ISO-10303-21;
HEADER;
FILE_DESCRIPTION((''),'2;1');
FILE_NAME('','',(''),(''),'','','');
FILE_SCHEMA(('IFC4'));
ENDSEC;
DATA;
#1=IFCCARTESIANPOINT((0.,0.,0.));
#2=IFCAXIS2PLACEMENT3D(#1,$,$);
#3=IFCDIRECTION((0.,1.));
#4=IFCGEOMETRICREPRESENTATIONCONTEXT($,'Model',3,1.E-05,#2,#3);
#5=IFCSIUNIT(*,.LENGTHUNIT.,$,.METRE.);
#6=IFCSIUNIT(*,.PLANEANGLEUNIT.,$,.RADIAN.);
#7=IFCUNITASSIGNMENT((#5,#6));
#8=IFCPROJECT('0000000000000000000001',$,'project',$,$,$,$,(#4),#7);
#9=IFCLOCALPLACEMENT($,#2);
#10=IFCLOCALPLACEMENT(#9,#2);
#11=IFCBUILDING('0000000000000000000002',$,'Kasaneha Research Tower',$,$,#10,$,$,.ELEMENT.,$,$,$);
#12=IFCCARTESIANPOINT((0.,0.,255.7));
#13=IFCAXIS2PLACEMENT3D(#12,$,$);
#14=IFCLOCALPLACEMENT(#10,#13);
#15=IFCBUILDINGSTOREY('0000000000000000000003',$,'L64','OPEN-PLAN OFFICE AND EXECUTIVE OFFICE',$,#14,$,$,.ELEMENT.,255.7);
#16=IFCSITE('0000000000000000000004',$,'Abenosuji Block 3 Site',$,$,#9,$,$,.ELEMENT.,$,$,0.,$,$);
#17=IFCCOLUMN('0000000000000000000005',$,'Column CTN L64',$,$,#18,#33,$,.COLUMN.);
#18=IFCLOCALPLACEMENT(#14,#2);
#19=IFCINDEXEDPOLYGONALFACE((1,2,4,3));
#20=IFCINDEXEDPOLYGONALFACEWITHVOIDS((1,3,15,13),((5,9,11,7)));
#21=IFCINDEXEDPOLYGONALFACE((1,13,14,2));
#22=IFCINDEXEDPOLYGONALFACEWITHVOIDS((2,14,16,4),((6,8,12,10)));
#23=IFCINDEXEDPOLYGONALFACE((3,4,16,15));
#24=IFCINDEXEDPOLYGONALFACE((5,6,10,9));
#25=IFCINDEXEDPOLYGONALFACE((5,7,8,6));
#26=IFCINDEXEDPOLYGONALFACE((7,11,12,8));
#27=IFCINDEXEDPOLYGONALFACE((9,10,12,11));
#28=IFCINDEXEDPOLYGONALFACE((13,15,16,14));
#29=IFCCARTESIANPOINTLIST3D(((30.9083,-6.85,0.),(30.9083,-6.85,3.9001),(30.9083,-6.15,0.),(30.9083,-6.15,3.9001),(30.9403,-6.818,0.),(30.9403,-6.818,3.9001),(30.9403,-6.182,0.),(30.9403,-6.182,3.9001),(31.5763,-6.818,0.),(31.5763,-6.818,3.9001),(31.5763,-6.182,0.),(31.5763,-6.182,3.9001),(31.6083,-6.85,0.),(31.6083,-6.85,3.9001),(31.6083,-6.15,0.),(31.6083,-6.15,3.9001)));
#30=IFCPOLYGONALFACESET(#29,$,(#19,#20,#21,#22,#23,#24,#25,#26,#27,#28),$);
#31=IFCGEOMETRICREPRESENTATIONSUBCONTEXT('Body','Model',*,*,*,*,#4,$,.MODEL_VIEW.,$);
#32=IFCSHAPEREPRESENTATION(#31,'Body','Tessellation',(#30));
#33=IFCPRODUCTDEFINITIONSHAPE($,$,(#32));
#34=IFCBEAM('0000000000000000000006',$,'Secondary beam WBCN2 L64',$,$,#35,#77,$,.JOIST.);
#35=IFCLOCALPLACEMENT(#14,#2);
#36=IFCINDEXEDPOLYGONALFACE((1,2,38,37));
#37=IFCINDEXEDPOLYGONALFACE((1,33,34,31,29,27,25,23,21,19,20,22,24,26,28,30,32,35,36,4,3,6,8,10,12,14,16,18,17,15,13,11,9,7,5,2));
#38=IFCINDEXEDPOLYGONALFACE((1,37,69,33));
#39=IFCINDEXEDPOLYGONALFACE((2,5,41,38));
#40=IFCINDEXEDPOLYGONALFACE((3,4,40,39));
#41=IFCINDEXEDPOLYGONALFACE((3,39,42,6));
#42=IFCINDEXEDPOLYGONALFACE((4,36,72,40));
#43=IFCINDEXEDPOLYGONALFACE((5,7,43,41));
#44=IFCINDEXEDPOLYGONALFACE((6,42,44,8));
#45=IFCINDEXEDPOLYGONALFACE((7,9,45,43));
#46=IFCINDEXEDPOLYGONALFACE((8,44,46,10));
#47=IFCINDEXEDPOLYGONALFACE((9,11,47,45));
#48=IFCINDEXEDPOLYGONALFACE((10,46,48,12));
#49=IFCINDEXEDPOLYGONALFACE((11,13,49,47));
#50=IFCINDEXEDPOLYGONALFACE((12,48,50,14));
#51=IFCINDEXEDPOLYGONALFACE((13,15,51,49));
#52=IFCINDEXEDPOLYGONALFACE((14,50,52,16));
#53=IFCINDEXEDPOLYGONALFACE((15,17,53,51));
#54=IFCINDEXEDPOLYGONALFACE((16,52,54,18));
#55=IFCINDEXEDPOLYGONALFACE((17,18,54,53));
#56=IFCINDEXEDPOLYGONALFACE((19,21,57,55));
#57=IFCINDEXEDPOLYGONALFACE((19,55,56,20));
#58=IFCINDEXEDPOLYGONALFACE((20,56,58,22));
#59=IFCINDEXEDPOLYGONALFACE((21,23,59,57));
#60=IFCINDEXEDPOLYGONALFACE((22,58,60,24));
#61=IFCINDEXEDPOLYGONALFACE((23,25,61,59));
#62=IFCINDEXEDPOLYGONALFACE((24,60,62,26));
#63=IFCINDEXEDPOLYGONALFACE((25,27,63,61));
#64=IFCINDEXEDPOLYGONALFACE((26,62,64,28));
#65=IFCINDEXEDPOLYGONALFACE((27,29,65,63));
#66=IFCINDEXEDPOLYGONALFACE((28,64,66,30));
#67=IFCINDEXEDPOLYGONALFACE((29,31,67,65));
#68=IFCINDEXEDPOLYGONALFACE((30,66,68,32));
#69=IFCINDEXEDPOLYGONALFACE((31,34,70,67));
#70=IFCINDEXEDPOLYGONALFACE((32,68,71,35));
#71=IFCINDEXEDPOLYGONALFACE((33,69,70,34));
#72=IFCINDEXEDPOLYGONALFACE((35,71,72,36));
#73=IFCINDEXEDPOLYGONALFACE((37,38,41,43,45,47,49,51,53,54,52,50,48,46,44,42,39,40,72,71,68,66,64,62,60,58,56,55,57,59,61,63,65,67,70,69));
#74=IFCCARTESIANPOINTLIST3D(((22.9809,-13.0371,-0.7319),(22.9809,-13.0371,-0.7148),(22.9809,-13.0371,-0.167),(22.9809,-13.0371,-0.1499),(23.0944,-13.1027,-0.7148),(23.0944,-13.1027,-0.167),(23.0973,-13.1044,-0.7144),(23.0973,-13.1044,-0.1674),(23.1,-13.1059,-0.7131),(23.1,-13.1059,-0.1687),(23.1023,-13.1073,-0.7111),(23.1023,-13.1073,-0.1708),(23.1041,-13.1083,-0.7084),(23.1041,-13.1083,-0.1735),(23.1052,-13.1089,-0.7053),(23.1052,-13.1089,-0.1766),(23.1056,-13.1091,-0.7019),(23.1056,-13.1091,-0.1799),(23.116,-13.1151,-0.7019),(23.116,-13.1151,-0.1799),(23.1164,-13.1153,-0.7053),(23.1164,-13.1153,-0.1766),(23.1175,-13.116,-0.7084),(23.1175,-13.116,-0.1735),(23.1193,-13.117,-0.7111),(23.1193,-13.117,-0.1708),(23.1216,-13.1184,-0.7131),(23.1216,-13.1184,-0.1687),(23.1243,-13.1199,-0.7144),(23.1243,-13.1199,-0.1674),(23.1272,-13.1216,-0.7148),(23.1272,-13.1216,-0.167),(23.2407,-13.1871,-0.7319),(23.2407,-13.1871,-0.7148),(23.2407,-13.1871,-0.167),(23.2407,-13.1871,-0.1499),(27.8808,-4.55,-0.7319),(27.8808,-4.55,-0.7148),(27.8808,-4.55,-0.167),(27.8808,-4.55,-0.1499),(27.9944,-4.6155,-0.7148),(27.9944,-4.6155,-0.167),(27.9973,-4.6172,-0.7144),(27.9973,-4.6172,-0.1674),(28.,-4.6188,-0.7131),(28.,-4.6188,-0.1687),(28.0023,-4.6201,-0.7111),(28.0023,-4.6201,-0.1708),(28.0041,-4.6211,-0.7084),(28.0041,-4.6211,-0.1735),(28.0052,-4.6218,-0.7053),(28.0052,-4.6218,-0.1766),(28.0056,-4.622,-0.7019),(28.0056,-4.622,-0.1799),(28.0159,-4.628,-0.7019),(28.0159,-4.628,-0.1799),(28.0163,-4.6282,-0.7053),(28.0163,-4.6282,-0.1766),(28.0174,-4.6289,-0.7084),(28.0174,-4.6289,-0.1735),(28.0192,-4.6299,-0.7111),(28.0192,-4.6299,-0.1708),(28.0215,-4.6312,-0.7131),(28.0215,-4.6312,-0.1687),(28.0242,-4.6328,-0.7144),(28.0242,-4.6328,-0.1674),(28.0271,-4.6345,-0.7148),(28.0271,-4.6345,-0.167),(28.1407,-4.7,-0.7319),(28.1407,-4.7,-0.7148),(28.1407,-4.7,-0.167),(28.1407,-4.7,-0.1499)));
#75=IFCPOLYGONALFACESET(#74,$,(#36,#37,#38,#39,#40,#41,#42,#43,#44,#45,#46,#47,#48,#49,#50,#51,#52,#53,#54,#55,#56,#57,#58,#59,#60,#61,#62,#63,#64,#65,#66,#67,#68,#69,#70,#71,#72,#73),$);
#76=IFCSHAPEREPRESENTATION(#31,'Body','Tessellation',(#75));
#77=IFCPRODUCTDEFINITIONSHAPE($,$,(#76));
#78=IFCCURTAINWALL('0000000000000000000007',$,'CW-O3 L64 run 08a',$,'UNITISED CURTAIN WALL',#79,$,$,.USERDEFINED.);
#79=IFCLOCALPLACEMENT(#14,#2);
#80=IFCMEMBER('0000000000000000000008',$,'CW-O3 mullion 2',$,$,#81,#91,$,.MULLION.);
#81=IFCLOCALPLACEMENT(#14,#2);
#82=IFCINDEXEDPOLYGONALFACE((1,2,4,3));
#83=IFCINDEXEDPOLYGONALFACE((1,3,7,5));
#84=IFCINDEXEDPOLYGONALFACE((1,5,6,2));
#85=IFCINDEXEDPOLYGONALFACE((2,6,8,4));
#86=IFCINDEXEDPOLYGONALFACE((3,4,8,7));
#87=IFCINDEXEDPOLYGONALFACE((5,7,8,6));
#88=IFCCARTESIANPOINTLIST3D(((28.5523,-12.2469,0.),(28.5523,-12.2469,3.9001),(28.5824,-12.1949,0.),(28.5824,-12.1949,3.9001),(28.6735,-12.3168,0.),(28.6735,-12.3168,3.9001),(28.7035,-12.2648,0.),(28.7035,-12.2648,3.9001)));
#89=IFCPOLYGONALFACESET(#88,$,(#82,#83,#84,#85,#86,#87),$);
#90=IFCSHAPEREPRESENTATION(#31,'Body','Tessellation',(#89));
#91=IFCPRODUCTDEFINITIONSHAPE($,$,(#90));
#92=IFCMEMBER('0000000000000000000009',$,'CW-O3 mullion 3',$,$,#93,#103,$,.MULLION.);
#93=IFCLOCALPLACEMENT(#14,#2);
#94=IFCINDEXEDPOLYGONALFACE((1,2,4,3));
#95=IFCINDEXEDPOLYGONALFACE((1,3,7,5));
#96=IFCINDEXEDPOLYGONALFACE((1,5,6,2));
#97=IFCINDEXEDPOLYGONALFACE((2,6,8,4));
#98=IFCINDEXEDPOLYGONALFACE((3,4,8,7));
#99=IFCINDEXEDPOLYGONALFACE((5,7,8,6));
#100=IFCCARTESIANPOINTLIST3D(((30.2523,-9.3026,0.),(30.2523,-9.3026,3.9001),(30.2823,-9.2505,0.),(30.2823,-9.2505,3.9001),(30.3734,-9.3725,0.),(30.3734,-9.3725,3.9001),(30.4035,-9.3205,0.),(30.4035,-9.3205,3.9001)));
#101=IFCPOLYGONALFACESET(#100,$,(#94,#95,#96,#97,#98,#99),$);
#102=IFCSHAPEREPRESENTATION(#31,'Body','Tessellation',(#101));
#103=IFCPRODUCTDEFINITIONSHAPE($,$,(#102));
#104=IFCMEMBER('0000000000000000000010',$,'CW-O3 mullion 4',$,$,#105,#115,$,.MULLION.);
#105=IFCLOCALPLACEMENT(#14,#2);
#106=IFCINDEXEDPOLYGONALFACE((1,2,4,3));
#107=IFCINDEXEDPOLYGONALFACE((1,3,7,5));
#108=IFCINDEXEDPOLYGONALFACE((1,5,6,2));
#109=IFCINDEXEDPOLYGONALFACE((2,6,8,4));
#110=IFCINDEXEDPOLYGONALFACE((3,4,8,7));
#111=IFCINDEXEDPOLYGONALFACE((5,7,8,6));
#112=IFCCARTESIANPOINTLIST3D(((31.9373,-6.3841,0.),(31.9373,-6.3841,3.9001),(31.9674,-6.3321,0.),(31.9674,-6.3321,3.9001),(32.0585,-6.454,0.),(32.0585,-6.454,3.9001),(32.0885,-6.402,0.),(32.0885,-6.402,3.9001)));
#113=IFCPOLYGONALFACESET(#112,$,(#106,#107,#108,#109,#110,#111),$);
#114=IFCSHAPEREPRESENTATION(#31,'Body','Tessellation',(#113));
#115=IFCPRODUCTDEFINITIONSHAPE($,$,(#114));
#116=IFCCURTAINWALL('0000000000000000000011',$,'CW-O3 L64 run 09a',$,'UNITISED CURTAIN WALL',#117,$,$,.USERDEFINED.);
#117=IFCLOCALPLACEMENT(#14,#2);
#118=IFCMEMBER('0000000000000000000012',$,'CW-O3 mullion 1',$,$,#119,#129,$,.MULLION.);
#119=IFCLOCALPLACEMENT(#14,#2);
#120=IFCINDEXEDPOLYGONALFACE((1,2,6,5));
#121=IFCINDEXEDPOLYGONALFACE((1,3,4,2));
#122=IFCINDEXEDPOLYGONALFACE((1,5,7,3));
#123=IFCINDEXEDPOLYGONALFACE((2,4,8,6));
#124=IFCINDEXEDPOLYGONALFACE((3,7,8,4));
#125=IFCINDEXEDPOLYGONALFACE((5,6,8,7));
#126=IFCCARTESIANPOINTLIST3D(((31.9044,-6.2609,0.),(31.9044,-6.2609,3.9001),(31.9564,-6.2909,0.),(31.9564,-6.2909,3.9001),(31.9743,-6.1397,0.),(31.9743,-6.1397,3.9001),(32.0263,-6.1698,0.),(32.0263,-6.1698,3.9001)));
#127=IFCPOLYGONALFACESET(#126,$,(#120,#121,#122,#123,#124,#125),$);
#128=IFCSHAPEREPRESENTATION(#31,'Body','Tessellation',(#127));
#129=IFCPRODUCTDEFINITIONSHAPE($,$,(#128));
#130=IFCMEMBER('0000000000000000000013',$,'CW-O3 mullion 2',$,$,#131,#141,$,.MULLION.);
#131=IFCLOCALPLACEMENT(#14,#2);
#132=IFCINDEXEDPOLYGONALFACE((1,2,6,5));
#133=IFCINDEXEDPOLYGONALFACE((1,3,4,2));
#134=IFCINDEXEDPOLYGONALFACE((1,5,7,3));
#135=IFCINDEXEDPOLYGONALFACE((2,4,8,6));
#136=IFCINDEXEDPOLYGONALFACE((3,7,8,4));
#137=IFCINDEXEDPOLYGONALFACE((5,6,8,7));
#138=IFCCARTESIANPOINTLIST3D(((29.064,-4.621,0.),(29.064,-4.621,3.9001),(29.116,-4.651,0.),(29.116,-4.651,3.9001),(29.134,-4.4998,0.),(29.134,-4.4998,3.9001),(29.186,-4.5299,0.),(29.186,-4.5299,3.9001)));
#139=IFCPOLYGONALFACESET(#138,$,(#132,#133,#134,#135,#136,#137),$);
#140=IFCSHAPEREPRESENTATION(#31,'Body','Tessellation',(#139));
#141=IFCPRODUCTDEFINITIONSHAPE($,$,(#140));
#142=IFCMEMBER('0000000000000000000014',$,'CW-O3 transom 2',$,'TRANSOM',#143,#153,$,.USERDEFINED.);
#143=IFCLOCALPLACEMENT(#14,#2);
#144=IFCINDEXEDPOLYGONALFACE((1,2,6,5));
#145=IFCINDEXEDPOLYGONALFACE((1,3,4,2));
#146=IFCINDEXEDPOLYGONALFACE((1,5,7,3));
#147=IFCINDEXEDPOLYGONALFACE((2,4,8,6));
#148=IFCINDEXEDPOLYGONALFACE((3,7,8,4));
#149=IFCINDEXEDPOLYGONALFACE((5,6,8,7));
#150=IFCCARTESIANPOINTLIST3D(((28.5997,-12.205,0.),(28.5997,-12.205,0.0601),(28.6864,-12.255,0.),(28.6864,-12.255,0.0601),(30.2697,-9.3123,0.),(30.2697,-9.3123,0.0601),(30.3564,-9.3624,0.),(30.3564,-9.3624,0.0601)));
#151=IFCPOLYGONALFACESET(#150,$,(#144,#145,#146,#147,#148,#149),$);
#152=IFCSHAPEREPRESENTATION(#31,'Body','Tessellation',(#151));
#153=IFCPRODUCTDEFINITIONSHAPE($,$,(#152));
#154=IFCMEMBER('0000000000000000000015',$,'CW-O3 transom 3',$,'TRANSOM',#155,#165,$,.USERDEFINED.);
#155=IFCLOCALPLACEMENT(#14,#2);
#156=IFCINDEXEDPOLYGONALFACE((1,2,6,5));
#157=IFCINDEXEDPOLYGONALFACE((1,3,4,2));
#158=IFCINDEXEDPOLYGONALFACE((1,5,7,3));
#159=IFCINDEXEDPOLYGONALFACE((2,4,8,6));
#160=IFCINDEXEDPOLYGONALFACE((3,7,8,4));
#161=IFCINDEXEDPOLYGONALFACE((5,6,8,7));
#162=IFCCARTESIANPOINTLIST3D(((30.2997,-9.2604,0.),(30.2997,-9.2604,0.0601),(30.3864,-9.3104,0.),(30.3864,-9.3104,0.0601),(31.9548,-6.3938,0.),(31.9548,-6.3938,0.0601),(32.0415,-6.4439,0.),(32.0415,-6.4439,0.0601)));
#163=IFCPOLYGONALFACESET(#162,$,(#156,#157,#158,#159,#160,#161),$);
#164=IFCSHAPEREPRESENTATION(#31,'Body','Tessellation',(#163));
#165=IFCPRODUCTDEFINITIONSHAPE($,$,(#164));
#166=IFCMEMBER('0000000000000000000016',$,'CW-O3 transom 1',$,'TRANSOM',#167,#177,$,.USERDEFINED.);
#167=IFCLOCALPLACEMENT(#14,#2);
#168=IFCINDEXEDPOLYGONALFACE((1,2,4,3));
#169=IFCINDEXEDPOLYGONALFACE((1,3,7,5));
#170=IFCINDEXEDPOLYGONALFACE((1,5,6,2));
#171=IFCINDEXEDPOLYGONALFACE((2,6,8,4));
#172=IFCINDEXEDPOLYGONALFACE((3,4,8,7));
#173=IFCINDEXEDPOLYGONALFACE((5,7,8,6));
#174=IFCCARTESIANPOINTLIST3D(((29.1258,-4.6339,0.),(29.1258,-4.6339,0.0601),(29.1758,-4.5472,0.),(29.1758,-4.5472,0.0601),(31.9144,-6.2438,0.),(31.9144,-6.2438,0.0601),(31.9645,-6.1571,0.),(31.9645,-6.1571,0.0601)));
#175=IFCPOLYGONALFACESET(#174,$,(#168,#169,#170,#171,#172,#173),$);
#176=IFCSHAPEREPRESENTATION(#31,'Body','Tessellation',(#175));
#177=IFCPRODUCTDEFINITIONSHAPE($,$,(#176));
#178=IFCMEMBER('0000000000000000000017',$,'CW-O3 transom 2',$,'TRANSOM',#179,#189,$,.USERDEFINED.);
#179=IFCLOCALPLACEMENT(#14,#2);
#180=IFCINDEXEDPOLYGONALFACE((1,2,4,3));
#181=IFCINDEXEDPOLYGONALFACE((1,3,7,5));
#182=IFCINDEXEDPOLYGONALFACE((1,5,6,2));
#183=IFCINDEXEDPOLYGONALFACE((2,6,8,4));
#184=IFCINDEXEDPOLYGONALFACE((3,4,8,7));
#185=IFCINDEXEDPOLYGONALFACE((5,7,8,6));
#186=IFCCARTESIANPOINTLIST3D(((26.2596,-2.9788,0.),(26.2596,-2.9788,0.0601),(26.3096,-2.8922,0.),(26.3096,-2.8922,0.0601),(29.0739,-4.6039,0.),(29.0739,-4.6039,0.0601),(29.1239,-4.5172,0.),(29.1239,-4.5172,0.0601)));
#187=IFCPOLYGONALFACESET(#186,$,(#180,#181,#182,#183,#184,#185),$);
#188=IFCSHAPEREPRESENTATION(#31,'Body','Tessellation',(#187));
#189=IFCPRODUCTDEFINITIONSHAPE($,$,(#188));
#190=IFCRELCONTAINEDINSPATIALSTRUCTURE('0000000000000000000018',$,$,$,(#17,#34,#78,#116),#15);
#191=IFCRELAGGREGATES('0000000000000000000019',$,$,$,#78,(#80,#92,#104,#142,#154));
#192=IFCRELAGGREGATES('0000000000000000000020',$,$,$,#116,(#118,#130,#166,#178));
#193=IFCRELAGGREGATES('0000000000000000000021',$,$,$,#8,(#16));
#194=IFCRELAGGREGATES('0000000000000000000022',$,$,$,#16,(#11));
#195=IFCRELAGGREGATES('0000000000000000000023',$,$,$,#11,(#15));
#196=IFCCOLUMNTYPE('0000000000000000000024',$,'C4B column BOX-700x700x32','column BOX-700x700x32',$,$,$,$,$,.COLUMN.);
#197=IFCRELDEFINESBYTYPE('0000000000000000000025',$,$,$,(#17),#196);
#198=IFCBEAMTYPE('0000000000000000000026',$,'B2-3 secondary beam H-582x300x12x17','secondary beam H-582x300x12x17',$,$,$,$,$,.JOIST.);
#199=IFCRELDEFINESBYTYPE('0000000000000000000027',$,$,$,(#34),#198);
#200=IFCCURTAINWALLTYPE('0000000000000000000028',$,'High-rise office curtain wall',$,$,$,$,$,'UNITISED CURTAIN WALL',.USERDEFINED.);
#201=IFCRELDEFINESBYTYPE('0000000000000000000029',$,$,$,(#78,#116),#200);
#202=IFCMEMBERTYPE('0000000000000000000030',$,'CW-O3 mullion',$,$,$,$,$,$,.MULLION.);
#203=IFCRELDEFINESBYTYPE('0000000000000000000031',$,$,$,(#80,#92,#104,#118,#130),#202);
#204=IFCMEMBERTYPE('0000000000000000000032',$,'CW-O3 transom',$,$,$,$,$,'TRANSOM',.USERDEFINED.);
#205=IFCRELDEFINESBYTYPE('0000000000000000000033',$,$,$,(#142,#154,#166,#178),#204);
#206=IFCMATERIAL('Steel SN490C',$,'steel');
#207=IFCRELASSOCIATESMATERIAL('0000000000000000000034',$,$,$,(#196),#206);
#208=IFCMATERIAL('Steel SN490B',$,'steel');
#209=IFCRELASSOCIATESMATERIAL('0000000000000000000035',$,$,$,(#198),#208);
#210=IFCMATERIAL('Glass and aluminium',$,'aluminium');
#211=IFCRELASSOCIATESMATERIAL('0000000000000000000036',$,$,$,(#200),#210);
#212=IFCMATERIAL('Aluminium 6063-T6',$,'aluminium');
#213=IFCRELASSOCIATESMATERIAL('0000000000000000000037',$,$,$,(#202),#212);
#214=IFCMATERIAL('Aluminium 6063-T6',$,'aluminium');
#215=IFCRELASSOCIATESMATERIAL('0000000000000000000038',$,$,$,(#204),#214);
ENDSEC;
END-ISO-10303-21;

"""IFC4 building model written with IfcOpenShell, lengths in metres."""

from ifc_helpers import new_model, si_unit, direction, frame, origin, origin_2d, place, context, subcontext, project, spatial, rectangle, hollow_rectangle, i_section, extrude, material, material_profile, profile_set, type_object, element, aggregate, save


model = new_model("IFC4")

# Units and contexts
model_context = context("Model", 3, precision=1e-05, world=origin(), true_north=direction((0.0, 1.0)))
body_context = subcontext(model_context, "Body", "Model", "MODEL_VIEW")
ifc_project = project(units=[si_unit("LENGTHUNIT", "METRE"), si_unit("PLANEANGLEUNIT", "RADIAN")], contexts=[model_context])

# Site, building, storey
site_placement = place(None, origin())
site = spatial("IfcSite", under=ifc_project, at=site_placement, Name="Abenosuji Block 3 Site", CompositionType="ELEMENT", RefElevation=0.0)
building_placement = place(site_placement, origin())
building = spatial("IfcBuilding", under=site, at=building_placement, Name="Kasaneha Research Tower", CompositionType="ELEMENT")
storey_placement = place(building_placement, frame((0.0, 0.0, 255.7)))
storey = spatial("IfcBuildingStorey", under=building, at=storey_placement, Name="L64", Description="OPEN-PLAN OFFICE AND EXECUTIVE OFFICE", CompositionType="ELEMENT", Elevation=255.7)

# Column
ifc_material_1 = material(Name="Steel SN490C", Category="steel")
ifc_material_profile_1 = material_profile(ifc_material_1, hollow_rectangle(XDim=0.7, YDim=0.7, WallThickness=0.032, at=origin_2d()), Name="BOX-700x700x32")
ifc_profile_set_1 = profile_set([ifc_material_profile_1], Name="Steel SN490C")
column_type = type_object("IfcColumnType", Name="C4B column BOX-700x700x32", Description="column BOX-700x700x32", PredefinedType="COLUMN", material=ifc_profile_set_1)
column_placement = place(storey_placement, frame((31.2583, -6.5, 0.0), z_axis=(0.0, 0.0, 1.0), x_axis=(1.0, 0.0, 0.0)))
element("IfcColumn", 1, at=column_placement, inside=storey, type_object=column_type, Name="Column CTN L64", PredefinedType="COLUMN", context=body_context, shape_type="SweptSolid", body=[
    extrude(hollow_rectangle(XDim=0.7, YDim=0.7, WallThickness=0.032, at=origin_2d()), origin(), (0.0, 0.0, 1.0), 3.9001),
])

# Beam
ifc_material_2 = material(Name="Steel SN490B", Category="steel")
ifc_material_profile_2 = material_profile(ifc_material_2, i_section(OverallWidth=0.3, OverallDepth=0.582, WebThickness=0.012, FlangeThickness=0.0171, FilletRadius=0.0129, at=origin_2d()), Name="H-582x300x12x17")
ifc_profile_set_2 = profile_set([ifc_material_profile_2], Name="Steel SN490B")
beam_type_1 = type_object("IfcBeamType", Name="B2-3 secondary beam H-582x300x12x17", Description="secondary beam H-582x300x12x17", PredefinedType="JOIST", material=ifc_profile_set_2)
beam_1_placement = place(storey_placement, frame((28.0107, -4.625, -0.4409), z_axis=(-0.499992, -0.86603, 0.0), x_axis=(0.86603, -0.499992, 0.0)))
element("IfcBeam", 2, at=beam_1_placement, inside=storey, type_object=beam_type_1, Name="Secondary beam WBCN2 L64", PredefinedType="JOIST", context=body_context, shape_type="SweptSolid", body=[
    extrude(i_section(OverallWidth=0.3, OverallDepth=0.582, WebThickness=0.012, FlangeThickness=0.0171, FilletRadius=0.0129, at=origin_2d()), origin(), (0.0, 0.0, 1.0), 9.8),
])

# Curtain walls, members
ifc_material_3 = material(Name="Glass and aluminium", Category="aluminium")
curtain_wall_type = type_object("IfcCurtainWallType", Name="High-rise office curtain wall", ElementType="UNITISED CURTAIN WALL", PredefinedType="USERDEFINED", material=ifc_material_3)
curtain_wall_1_placement = place(storey_placement, origin())
curtain_wall_1 = element("IfcCurtainWall", 3, at=curtain_wall_1_placement, inside=storey, type_object=curtain_wall_type, Name="CW-O3 L64 run 08a", ObjectType="UNITISED CURTAIN WALL", PredefinedType="USERDEFINED")
ifc_material_4 = material(Name="Aluminium 6063-T6", Category="aluminium")
ifc_material_profile_3 = material_profile(ifc_material_4, rectangle(XDim=0.0601, YDim=0.1399, at=origin_2d()), Name="CW-O3 mullion 60x140")
ifc_profile_set_3 = profile_set([ifc_material_profile_3], Name="Aluminium 6063-T6")
member_type_1 = type_object("IfcMemberType", Name="CW-O3 mullion", PredefinedType="MULLION", material=ifc_profile_set_3)
member_1_placement = place(storey_placement, frame((28.6279, -12.2559, 0.0), z_axis=(0.0, 0.0, 1.0), x_axis=(0.5, 0.866025, 0.0)))
member_1 = element("IfcMember", 4, at=member_1_placement, type_object=member_type_1, Name="CW-O3 mullion 2", PredefinedType="MULLION", context=body_context, shape_type="SweptSolid", body=[
    extrude(rectangle(XDim=0.0601, YDim=0.1399, at=origin_2d()), origin(), (0.0, 0.0, 1.0), 3.9001),
])
member_2_placement = place(storey_placement, frame((30.3279, -9.3115, 0.0), z_axis=(0.0, 0.0, 1.0), x_axis=(0.5, 0.866025, 0.0)))
member_2 = element("IfcMember", 5, at=member_2_placement, type_object=member_type_1, Name="CW-O3 mullion 3", PredefinedType="MULLION", context=body_context, shape_type="SweptSolid", body=[
    extrude(rectangle(XDim=0.0601, YDim=0.1399, at=origin_2d()), origin(), (0.0, 0.0, 1.0), 3.9001),
])
member_3_placement = place(storey_placement, frame((32.0129, -6.3931, 0.0), z_axis=(0.0, 0.0, 1.0), x_axis=(0.5, 0.866025, 0.0)))
member_3 = element("IfcMember", 6, at=member_3_placement, type_object=member_type_1, Name="CW-O3 mullion 4", PredefinedType="MULLION", context=body_context, shape_type="SweptSolid", body=[
    extrude(rectangle(XDim=0.0601, YDim=0.1399, at=origin_2d()), origin(), (0.0, 0.0, 1.0), 3.9001),
])
curtain_wall_2_placement = place(storey_placement, origin())
curtain_wall_2 = element("IfcCurtainWall", 7, at=curtain_wall_2_placement, inside=storey, type_object=curtain_wall_type, Name="CW-O3 L64 run 09a", ObjectType="UNITISED CURTAIN WALL", PredefinedType="USERDEFINED")
member_4_placement = place(storey_placement, frame((31.9653, -6.2153, 0.0), z_axis=(0.0, 0.0, 1.0), x_axis=(-0.866025, 0.5, 0.0)))
member_4 = element("IfcMember", 8, at=member_4_placement, type_object=member_type_1, Name="CW-O3 mullion 1", PredefinedType="MULLION", context=body_context, shape_type="SweptSolid", body=[
    extrude(rectangle(XDim=0.0601, YDim=0.1399, at=origin_2d()), origin(), (0.0, 0.0, 1.0), 3.9001),
])
member_5_placement = place(storey_placement, frame((29.125, -4.5754, 0.0), z_axis=(0.0, 0.0, 1.0), x_axis=(-0.866025, 0.5, 0.0)))
member_5 = element("IfcMember", 9, at=member_5_placement, type_object=member_type_1, Name="CW-O3 mullion 2", PredefinedType="MULLION", context=body_context, shape_type="SweptSolid", body=[
    extrude(rectangle(XDim=0.0601, YDim=0.1399, at=origin_2d()), origin(), (0.0, 0.0, 1.0), 3.9001),
])

# Members
ifc_material_5 = material(Name="Aluminium 6063-T6", Category="aluminium")
ifc_material_profile_4 = material_profile(ifc_material_5, rectangle(XDim=0.1001, YDim=0.0601, at=origin_2d()), Name="CW-O3 transom 100x60")
ifc_profile_set_4 = profile_set([ifc_material_profile_4], Name="Aluminium 6063-T6")
member_type_2 = type_object("IfcMemberType", Name="CW-O3 transom", ElementType="TRANSOM", PredefinedType="USERDEFINED", material=ifc_profile_set_4)
member_6_placement = place(storey_placement, frame((28.6431, -12.23, 0.03), z_axis=(0.499976, 0.86604, 0.0), x_axis=(-0.86604, 0.499976, 0.0)))
member_6 = element("IfcMember", 10, at=member_6_placement, type_object=member_type_2, Name="CW-O3 transom 2", ObjectType="TRANSOM", PredefinedType="USERDEFINED", context=body_context, shape_type="SweptSolid", body=[
    extrude(rectangle(XDim=0.1001, YDim=0.0601, at=origin_2d()), origin(), (0.0, 0.0, 1.0), 3.3401),
])
member_7_placement = place(storey_placement, frame((30.343, -9.2854, 0.03), z_axis=(0.500018, 0.866015, 0.0), x_axis=(-0.866015, 0.500018, 0.0)))
member_7 = element("IfcMember", 11, at=member_7_placement, type_object=member_type_2, Name="CW-O3 transom 3", ObjectType="TRANSOM", PredefinedType="USERDEFINED", context=body_context, shape_type="SweptSolid", body=[
    extrude(rectangle(XDim=0.1001, YDim=0.0601, at=origin_2d()), origin(), (0.0, 0.0, 1.0), 3.3101),
])
member_8_placement = place(storey_placement, frame((31.9395, -6.2004, 0.03), z_axis=(-0.866042, 0.499972, 0.0), x_axis=(-0.499972, -0.866042, 0.0)))
member_8 = element("IfcMember", 12, at=member_8_placement, type_object=member_type_2, Name="CW-O3 transom 1", ObjectType="TRANSOM", PredefinedType="USERDEFINED", context=body_context, shape_type="SweptSolid", body=[
    extrude(rectangle(XDim=0.1001, YDim=0.0601, at=origin_2d()), origin(), (0.0, 0.0, 1.0), 3.22),
])
member_9_placement = place(storey_placement, frame((29.0989, -4.5605, 0.03), z_axis=(-0.865997, 0.50005, 0.0), x_axis=(-0.50005, -0.865997, 0.0)))
member_9 = element("IfcMember", 13, at=member_9_placement, type_object=member_type_2, Name="CW-O3 transom 2", ObjectType="TRANSOM", PredefinedType="USERDEFINED", context=body_context, shape_type="SweptSolid", body=[
    extrude(rectangle(XDim=0.1001, YDim=0.0601, at=origin_2d()), origin(), (0.0, 0.0, 1.0), 3.2498),
])

aggregate(curtain_wall_1, [member_1, member_2, member_3, member_6, member_7])
aggregate(curtain_wall_2, [member_4, member_5, member_8, member_9])

save(model, "model.ifc")
